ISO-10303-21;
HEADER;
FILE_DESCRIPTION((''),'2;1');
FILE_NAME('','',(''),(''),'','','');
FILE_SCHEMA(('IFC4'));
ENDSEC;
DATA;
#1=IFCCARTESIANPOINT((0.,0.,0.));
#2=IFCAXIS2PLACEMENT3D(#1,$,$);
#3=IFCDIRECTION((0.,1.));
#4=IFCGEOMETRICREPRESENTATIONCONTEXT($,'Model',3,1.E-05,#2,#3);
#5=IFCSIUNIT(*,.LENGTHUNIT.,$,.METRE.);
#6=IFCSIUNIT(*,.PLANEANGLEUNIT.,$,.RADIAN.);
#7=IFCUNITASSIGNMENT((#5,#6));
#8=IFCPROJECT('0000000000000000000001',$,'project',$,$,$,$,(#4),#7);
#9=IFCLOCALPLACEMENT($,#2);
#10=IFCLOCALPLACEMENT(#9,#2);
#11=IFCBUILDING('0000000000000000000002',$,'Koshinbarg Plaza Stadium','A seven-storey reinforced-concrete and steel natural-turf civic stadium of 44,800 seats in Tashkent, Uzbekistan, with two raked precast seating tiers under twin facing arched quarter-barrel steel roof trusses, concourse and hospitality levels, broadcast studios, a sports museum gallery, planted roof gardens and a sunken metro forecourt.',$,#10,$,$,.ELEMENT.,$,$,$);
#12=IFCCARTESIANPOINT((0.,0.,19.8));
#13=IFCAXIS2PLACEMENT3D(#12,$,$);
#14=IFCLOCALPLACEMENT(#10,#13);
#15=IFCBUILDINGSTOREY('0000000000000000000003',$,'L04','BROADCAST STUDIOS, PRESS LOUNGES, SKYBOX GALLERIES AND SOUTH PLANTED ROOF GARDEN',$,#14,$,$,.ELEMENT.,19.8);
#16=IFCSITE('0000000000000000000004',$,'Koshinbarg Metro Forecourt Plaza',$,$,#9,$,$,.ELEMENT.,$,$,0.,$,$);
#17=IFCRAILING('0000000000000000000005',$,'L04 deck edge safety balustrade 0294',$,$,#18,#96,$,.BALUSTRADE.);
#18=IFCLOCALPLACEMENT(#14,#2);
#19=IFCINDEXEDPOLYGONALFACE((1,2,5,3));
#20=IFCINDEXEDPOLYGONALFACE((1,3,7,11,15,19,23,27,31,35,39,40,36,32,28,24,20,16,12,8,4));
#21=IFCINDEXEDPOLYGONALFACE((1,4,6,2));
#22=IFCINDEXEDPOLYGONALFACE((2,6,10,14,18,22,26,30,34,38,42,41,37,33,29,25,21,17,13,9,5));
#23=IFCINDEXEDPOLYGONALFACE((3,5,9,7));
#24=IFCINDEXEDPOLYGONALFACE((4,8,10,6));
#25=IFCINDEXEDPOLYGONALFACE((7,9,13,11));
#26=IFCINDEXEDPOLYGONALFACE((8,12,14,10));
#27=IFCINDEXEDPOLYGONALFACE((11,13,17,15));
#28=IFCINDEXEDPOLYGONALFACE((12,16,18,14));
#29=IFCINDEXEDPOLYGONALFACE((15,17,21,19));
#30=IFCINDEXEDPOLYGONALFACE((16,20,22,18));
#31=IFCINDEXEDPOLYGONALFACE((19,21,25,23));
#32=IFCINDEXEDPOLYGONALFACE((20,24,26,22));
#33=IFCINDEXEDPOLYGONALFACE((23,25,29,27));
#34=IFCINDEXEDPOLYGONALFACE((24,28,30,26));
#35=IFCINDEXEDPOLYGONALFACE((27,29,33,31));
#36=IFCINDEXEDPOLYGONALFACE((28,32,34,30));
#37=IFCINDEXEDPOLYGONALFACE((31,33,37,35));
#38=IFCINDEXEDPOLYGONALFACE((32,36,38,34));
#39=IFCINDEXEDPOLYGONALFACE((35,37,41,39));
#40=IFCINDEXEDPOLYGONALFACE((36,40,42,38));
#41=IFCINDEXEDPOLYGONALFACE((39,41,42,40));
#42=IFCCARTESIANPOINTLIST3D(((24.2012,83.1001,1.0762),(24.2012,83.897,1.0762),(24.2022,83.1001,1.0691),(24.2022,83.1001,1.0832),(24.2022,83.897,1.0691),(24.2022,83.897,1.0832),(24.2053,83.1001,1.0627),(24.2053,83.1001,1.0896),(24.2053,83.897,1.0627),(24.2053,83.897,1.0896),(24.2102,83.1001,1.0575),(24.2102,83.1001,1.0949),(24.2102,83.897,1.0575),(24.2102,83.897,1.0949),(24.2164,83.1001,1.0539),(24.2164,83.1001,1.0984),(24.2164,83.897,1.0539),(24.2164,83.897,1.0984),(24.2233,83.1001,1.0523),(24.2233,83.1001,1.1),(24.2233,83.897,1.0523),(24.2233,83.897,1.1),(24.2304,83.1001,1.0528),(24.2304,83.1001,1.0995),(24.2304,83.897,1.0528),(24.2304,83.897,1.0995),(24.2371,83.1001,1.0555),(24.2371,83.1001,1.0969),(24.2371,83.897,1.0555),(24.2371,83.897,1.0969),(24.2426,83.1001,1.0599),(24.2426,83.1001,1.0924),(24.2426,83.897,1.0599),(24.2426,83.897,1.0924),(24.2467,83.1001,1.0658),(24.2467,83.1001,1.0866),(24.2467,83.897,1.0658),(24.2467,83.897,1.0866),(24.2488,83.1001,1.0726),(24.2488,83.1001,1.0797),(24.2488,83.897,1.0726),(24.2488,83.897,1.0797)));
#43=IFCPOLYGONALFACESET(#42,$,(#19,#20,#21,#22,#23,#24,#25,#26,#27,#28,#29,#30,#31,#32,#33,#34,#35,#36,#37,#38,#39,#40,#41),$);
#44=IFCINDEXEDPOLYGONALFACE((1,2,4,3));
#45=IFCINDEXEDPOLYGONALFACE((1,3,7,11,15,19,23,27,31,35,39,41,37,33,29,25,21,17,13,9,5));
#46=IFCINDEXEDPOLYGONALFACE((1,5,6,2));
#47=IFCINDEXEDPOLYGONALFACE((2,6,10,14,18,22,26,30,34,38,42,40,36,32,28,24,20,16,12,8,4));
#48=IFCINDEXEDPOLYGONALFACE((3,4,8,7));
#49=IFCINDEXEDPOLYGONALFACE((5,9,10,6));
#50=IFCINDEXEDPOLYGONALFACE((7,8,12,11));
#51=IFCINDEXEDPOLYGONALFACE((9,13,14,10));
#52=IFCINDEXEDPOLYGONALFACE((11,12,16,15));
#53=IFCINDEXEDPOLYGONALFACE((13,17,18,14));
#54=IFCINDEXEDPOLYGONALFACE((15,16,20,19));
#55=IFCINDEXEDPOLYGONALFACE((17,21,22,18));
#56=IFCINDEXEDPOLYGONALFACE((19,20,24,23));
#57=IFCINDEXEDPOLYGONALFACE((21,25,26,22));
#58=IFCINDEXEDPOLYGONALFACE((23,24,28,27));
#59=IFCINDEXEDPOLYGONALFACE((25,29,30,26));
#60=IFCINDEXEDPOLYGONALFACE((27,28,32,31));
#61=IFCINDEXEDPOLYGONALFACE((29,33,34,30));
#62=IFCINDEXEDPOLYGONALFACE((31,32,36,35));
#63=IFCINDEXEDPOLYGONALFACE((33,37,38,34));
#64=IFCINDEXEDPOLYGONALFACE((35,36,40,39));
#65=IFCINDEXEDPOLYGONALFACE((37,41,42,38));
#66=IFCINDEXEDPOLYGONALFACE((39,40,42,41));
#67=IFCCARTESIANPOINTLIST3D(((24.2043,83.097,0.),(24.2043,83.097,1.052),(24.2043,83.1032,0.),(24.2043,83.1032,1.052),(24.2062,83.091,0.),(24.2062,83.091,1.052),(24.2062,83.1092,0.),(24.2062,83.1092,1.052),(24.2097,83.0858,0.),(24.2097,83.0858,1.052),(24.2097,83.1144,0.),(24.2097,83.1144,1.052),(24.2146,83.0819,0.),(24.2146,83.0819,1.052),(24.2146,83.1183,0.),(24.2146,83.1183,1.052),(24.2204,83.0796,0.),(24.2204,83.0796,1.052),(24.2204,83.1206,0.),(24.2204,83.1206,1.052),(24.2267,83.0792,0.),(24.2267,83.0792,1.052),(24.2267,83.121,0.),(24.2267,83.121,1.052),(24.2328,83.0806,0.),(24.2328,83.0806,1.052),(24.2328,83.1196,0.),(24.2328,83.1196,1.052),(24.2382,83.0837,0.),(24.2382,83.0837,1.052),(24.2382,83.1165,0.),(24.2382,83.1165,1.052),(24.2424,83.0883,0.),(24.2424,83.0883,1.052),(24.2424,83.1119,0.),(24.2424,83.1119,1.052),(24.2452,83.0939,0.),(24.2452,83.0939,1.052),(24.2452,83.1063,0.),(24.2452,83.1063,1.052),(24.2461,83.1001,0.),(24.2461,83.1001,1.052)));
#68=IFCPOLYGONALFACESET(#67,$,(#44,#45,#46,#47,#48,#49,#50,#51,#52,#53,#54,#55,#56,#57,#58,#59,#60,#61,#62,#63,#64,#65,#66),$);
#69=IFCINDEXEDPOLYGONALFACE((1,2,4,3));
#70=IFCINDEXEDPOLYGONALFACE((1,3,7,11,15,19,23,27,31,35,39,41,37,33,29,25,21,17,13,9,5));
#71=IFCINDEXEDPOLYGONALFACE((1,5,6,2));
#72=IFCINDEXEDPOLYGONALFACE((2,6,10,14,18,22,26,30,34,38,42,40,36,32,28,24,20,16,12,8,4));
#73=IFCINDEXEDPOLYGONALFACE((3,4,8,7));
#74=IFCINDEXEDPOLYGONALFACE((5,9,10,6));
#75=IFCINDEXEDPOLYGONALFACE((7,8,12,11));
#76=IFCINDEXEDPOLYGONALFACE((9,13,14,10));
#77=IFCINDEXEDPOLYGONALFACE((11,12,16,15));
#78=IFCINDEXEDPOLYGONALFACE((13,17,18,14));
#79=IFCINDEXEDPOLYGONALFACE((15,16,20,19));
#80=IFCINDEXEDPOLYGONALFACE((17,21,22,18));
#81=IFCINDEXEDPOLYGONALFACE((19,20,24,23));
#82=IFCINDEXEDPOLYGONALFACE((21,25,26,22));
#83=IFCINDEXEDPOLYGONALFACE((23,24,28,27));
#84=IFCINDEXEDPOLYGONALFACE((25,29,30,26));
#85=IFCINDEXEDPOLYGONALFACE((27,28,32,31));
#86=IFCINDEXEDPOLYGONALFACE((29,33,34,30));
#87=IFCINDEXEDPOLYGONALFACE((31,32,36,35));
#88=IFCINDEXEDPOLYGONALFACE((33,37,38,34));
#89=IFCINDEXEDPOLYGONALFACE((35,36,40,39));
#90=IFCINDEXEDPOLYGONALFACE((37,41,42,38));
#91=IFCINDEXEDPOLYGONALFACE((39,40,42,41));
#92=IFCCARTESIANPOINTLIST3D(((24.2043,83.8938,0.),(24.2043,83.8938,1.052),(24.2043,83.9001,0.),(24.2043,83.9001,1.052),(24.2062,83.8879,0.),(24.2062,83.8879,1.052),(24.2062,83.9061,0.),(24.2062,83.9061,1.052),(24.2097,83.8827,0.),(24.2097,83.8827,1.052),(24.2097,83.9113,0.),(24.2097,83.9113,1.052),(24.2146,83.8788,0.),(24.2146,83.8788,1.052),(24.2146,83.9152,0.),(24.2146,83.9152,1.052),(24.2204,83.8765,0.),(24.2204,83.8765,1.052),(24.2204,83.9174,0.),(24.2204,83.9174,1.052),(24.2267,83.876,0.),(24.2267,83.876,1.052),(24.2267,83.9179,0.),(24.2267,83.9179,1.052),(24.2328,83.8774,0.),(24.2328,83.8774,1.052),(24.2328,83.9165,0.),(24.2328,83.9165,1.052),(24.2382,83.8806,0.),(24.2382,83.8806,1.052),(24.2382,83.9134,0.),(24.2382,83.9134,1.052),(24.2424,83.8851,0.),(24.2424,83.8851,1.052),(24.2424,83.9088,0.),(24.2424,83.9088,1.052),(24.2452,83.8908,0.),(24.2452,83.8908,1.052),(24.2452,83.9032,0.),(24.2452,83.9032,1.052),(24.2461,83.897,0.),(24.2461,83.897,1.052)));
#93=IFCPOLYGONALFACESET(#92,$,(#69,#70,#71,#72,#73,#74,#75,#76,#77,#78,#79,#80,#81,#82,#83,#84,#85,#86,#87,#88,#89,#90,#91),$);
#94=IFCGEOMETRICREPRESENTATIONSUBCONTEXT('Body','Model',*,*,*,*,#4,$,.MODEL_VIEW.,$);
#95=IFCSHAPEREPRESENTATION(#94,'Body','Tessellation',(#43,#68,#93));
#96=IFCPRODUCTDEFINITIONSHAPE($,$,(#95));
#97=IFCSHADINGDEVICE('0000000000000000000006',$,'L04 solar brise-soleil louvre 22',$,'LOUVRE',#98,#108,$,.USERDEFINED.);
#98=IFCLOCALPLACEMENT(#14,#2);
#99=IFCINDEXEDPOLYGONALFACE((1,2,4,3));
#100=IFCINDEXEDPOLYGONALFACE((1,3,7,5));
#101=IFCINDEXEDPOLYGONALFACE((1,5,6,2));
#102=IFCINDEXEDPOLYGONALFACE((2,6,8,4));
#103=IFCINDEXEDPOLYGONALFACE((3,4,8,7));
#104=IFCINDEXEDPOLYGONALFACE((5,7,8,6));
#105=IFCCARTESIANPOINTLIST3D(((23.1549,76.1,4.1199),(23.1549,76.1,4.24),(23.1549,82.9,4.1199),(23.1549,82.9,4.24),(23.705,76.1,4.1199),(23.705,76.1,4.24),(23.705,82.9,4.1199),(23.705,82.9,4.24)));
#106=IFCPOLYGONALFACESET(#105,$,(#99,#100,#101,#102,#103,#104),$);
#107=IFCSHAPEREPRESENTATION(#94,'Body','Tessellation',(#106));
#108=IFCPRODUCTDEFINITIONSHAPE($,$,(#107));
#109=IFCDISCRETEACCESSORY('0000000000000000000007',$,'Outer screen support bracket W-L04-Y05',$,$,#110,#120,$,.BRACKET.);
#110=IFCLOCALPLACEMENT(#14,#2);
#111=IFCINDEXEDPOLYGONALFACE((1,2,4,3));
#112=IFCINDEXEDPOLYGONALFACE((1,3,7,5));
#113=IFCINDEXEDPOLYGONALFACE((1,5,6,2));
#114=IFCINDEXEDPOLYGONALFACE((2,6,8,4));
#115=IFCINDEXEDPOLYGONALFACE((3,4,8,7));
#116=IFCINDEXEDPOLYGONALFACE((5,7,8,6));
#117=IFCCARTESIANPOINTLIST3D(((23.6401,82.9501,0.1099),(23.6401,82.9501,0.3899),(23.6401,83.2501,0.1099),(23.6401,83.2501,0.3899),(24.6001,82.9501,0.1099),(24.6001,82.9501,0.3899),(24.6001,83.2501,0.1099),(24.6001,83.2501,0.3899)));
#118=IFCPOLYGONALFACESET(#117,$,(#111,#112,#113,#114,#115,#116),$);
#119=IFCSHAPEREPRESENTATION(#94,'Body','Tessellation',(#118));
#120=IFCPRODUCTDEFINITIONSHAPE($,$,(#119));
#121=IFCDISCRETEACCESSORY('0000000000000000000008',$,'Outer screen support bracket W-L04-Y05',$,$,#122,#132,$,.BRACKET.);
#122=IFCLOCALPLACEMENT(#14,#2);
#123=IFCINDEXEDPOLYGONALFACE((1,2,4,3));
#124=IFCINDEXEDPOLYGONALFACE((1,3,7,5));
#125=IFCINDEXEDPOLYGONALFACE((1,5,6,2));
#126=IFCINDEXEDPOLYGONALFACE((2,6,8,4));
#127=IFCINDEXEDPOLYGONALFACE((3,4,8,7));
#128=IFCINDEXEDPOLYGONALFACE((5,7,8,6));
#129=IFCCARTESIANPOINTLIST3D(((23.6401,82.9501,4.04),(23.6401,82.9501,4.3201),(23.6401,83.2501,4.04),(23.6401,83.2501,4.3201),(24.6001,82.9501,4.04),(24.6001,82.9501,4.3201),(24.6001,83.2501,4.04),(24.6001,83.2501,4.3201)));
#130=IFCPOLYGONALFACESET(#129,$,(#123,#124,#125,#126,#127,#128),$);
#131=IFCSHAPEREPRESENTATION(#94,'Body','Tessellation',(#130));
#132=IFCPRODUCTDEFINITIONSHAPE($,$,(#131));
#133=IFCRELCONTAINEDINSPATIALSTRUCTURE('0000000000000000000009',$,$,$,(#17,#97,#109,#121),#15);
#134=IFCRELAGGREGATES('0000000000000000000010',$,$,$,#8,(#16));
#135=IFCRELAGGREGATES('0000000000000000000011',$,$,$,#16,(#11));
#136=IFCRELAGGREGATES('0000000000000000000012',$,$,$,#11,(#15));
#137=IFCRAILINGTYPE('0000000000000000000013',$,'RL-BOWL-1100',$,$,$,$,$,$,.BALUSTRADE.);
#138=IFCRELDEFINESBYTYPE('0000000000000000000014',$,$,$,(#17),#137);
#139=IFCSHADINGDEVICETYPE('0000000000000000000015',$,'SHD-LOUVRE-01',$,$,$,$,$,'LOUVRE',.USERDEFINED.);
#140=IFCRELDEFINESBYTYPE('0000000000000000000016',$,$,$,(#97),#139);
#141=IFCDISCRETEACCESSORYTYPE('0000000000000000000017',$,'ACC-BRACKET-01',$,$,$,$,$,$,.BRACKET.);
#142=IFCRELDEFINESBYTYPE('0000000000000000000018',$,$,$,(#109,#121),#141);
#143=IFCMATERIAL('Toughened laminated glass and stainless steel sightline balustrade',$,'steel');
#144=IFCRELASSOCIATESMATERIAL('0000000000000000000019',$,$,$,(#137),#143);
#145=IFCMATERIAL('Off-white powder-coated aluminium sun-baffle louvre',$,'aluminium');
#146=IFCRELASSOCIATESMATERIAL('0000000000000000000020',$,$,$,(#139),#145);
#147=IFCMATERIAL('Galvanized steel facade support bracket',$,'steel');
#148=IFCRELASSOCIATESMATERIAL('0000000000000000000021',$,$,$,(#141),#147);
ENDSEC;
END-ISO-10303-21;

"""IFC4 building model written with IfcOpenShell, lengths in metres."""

from ifc_helpers import new_model, si_unit, direction, frame, origin, origin_2d, place, context, subcontext, project, spatial, rectangle, circle, extrude, material, type_object, element, save


model = new_model("IFC4")

# Units and contexts
model_context = context("Model", 3, precision=1e-05, world=origin(), true_north=direction((0.0, 1.0)))
body_context = subcontext(model_context, "Body", "Model", "MODEL_VIEW")
ifc_project = project(units=[si_unit("LENGTHUNIT", "METRE"), si_unit("PLANEANGLEUNIT", "RADIAN")], contexts=[model_context])

# Site, building, storey
site_placement = place(None, origin())
site = spatial("IfcSite", under=ifc_project, at=site_placement, Name="Koshinbarg Metro Forecourt Plaza", CompositionType="ELEMENT", RefElevation=0.0)
building_placement = place(site_placement, origin())
building = spatial("IfcBuilding", under=site, at=building_placement, Name="Koshinbarg Plaza Stadium", Description="A seven-storey reinforced-concrete and steel natural-turf civic stadium of 44,800 seats in Tashkent, Uzbekistan, with two raked precast seating tiers under twin facing arched quarter-barrel steel roof trusses, concourse and hospitality levels, broadcast studios, a sports museum gallery, planted roof gardens and a sunken metro forecourt.", CompositionType="ELEMENT")
storey_placement = place(building_placement, frame((0.0, 0.0, 19.8)))
storey = spatial("IfcBuildingStorey", under=building, at=storey_placement, Name="L04", Description="BROADCAST STUDIOS, PRESS LOUNGES, SKYBOX GALLERIES AND SOUTH PLANTED ROOF GARDEN", CompositionType="ELEMENT", Elevation=19.8)

# Railing
ifc_material_1 = material(Name="Toughened laminated glass and stainless steel sightline balustrade", Category="steel")
railing_type = type_object("IfcRailingType", Name="RL-BOWL-1100", PredefinedType="BALUSTRADE", material=ifc_material_1)
railing_1_placement = place(storey_placement, frame((24.2251, 83.1001, 0.0)))
element("IfcRailing", 1, at=railing_1_placement, inside=storey, type_object=railing_type, Name="L04 deck edge safety balustrade 0294", PredefinedType="BALUSTRADE", context=body_context, shape_type="SweptSolid", body=[
    extrude(circle(Radius=0.0239, at=origin_2d()), frame((0.0, 0.0, 1.0762), z_axis=(0.0, 1.0, 0.0), x_axis=(-1.0, 0.0, 0.0)), (0.0, 0.0, 1.0), 0.7969),
    extrude(circle(Radius=0.021, at=origin_2d()), origin(), (0.0, 0.0, 1.0), 1.052),
    extrude(circle(Radius=0.021, at=origin_2d()), frame((0.0, 0.7969, 0.0)), (0.0, 0.0, 1.0), 1.052),
])

# Shading device
ifc_material_2 = material(Name="Off-white powder-coated aluminium sun-baffle louvre", Category="aluminium")
shading_device_type = type_object("IfcShadingDeviceType", Name="SHD-LOUVRE-01", ElementType="LOUVRE", PredefinedType="USERDEFINED", material=ifc_material_2)
shading_device_placement = place(storey_placement, frame((23.4299, 79.5, 4.1199), z_axis=(0.0, 0.0, 1.0), x_axis=(1.0, 0.0, 0.0)))
element("IfcShadingDevice", 2, at=shading_device_placement, inside=storey, type_object=shading_device_type, Name="L04 solar brise-soleil louvre 22", ObjectType="LOUVRE", PredefinedType="USERDEFINED", context=body_context, shape_type="SweptSolid", body=[
    extrude(rectangle(XDim=0.55, YDim=6.8, at=origin_2d()), origin(), (0.0, 0.0, 1.0), 0.1201),
])

# Discrete accessories
ifc_material_3 = material(Name="Galvanized steel facade support bracket", Category="steel")
discrete_accessory_type = type_object("IfcDiscreteAccessoryType", Name="ACC-BRACKET-01", PredefinedType="BRACKET", material=ifc_material_3)
for number, where, z_axis, x_axis, name in (
    (3, (24.1201, 83.1001, 0.1099), (0.0, 0.0, 1.0), (1.0, 0.0, 0.0), "Outer screen support bracket W-L04-Y05"),
    (4, (24.1201, 83.1001, 4.04), (0.0, 0.0, 1.0), (1.0, 0.0, 0.0), "Outer screen support bracket W-L04-Y05"),
):
    element("IfcDiscreteAccessory", number, at=place(storey_placement, frame(where, z_axis=z_axis, x_axis=x_axis)), inside=storey, type_object=discrete_accessory_type, Name=name, PredefinedType="BRACKET", context=body_context, shape_type="SweptSolid", body=[
        extrude(rectangle(XDim=0.96, YDim=0.3, at=origin_2d()), origin(), (0.0, 0.0, 1.0), 0.28),
    ])

save(model, "model.ifc")
